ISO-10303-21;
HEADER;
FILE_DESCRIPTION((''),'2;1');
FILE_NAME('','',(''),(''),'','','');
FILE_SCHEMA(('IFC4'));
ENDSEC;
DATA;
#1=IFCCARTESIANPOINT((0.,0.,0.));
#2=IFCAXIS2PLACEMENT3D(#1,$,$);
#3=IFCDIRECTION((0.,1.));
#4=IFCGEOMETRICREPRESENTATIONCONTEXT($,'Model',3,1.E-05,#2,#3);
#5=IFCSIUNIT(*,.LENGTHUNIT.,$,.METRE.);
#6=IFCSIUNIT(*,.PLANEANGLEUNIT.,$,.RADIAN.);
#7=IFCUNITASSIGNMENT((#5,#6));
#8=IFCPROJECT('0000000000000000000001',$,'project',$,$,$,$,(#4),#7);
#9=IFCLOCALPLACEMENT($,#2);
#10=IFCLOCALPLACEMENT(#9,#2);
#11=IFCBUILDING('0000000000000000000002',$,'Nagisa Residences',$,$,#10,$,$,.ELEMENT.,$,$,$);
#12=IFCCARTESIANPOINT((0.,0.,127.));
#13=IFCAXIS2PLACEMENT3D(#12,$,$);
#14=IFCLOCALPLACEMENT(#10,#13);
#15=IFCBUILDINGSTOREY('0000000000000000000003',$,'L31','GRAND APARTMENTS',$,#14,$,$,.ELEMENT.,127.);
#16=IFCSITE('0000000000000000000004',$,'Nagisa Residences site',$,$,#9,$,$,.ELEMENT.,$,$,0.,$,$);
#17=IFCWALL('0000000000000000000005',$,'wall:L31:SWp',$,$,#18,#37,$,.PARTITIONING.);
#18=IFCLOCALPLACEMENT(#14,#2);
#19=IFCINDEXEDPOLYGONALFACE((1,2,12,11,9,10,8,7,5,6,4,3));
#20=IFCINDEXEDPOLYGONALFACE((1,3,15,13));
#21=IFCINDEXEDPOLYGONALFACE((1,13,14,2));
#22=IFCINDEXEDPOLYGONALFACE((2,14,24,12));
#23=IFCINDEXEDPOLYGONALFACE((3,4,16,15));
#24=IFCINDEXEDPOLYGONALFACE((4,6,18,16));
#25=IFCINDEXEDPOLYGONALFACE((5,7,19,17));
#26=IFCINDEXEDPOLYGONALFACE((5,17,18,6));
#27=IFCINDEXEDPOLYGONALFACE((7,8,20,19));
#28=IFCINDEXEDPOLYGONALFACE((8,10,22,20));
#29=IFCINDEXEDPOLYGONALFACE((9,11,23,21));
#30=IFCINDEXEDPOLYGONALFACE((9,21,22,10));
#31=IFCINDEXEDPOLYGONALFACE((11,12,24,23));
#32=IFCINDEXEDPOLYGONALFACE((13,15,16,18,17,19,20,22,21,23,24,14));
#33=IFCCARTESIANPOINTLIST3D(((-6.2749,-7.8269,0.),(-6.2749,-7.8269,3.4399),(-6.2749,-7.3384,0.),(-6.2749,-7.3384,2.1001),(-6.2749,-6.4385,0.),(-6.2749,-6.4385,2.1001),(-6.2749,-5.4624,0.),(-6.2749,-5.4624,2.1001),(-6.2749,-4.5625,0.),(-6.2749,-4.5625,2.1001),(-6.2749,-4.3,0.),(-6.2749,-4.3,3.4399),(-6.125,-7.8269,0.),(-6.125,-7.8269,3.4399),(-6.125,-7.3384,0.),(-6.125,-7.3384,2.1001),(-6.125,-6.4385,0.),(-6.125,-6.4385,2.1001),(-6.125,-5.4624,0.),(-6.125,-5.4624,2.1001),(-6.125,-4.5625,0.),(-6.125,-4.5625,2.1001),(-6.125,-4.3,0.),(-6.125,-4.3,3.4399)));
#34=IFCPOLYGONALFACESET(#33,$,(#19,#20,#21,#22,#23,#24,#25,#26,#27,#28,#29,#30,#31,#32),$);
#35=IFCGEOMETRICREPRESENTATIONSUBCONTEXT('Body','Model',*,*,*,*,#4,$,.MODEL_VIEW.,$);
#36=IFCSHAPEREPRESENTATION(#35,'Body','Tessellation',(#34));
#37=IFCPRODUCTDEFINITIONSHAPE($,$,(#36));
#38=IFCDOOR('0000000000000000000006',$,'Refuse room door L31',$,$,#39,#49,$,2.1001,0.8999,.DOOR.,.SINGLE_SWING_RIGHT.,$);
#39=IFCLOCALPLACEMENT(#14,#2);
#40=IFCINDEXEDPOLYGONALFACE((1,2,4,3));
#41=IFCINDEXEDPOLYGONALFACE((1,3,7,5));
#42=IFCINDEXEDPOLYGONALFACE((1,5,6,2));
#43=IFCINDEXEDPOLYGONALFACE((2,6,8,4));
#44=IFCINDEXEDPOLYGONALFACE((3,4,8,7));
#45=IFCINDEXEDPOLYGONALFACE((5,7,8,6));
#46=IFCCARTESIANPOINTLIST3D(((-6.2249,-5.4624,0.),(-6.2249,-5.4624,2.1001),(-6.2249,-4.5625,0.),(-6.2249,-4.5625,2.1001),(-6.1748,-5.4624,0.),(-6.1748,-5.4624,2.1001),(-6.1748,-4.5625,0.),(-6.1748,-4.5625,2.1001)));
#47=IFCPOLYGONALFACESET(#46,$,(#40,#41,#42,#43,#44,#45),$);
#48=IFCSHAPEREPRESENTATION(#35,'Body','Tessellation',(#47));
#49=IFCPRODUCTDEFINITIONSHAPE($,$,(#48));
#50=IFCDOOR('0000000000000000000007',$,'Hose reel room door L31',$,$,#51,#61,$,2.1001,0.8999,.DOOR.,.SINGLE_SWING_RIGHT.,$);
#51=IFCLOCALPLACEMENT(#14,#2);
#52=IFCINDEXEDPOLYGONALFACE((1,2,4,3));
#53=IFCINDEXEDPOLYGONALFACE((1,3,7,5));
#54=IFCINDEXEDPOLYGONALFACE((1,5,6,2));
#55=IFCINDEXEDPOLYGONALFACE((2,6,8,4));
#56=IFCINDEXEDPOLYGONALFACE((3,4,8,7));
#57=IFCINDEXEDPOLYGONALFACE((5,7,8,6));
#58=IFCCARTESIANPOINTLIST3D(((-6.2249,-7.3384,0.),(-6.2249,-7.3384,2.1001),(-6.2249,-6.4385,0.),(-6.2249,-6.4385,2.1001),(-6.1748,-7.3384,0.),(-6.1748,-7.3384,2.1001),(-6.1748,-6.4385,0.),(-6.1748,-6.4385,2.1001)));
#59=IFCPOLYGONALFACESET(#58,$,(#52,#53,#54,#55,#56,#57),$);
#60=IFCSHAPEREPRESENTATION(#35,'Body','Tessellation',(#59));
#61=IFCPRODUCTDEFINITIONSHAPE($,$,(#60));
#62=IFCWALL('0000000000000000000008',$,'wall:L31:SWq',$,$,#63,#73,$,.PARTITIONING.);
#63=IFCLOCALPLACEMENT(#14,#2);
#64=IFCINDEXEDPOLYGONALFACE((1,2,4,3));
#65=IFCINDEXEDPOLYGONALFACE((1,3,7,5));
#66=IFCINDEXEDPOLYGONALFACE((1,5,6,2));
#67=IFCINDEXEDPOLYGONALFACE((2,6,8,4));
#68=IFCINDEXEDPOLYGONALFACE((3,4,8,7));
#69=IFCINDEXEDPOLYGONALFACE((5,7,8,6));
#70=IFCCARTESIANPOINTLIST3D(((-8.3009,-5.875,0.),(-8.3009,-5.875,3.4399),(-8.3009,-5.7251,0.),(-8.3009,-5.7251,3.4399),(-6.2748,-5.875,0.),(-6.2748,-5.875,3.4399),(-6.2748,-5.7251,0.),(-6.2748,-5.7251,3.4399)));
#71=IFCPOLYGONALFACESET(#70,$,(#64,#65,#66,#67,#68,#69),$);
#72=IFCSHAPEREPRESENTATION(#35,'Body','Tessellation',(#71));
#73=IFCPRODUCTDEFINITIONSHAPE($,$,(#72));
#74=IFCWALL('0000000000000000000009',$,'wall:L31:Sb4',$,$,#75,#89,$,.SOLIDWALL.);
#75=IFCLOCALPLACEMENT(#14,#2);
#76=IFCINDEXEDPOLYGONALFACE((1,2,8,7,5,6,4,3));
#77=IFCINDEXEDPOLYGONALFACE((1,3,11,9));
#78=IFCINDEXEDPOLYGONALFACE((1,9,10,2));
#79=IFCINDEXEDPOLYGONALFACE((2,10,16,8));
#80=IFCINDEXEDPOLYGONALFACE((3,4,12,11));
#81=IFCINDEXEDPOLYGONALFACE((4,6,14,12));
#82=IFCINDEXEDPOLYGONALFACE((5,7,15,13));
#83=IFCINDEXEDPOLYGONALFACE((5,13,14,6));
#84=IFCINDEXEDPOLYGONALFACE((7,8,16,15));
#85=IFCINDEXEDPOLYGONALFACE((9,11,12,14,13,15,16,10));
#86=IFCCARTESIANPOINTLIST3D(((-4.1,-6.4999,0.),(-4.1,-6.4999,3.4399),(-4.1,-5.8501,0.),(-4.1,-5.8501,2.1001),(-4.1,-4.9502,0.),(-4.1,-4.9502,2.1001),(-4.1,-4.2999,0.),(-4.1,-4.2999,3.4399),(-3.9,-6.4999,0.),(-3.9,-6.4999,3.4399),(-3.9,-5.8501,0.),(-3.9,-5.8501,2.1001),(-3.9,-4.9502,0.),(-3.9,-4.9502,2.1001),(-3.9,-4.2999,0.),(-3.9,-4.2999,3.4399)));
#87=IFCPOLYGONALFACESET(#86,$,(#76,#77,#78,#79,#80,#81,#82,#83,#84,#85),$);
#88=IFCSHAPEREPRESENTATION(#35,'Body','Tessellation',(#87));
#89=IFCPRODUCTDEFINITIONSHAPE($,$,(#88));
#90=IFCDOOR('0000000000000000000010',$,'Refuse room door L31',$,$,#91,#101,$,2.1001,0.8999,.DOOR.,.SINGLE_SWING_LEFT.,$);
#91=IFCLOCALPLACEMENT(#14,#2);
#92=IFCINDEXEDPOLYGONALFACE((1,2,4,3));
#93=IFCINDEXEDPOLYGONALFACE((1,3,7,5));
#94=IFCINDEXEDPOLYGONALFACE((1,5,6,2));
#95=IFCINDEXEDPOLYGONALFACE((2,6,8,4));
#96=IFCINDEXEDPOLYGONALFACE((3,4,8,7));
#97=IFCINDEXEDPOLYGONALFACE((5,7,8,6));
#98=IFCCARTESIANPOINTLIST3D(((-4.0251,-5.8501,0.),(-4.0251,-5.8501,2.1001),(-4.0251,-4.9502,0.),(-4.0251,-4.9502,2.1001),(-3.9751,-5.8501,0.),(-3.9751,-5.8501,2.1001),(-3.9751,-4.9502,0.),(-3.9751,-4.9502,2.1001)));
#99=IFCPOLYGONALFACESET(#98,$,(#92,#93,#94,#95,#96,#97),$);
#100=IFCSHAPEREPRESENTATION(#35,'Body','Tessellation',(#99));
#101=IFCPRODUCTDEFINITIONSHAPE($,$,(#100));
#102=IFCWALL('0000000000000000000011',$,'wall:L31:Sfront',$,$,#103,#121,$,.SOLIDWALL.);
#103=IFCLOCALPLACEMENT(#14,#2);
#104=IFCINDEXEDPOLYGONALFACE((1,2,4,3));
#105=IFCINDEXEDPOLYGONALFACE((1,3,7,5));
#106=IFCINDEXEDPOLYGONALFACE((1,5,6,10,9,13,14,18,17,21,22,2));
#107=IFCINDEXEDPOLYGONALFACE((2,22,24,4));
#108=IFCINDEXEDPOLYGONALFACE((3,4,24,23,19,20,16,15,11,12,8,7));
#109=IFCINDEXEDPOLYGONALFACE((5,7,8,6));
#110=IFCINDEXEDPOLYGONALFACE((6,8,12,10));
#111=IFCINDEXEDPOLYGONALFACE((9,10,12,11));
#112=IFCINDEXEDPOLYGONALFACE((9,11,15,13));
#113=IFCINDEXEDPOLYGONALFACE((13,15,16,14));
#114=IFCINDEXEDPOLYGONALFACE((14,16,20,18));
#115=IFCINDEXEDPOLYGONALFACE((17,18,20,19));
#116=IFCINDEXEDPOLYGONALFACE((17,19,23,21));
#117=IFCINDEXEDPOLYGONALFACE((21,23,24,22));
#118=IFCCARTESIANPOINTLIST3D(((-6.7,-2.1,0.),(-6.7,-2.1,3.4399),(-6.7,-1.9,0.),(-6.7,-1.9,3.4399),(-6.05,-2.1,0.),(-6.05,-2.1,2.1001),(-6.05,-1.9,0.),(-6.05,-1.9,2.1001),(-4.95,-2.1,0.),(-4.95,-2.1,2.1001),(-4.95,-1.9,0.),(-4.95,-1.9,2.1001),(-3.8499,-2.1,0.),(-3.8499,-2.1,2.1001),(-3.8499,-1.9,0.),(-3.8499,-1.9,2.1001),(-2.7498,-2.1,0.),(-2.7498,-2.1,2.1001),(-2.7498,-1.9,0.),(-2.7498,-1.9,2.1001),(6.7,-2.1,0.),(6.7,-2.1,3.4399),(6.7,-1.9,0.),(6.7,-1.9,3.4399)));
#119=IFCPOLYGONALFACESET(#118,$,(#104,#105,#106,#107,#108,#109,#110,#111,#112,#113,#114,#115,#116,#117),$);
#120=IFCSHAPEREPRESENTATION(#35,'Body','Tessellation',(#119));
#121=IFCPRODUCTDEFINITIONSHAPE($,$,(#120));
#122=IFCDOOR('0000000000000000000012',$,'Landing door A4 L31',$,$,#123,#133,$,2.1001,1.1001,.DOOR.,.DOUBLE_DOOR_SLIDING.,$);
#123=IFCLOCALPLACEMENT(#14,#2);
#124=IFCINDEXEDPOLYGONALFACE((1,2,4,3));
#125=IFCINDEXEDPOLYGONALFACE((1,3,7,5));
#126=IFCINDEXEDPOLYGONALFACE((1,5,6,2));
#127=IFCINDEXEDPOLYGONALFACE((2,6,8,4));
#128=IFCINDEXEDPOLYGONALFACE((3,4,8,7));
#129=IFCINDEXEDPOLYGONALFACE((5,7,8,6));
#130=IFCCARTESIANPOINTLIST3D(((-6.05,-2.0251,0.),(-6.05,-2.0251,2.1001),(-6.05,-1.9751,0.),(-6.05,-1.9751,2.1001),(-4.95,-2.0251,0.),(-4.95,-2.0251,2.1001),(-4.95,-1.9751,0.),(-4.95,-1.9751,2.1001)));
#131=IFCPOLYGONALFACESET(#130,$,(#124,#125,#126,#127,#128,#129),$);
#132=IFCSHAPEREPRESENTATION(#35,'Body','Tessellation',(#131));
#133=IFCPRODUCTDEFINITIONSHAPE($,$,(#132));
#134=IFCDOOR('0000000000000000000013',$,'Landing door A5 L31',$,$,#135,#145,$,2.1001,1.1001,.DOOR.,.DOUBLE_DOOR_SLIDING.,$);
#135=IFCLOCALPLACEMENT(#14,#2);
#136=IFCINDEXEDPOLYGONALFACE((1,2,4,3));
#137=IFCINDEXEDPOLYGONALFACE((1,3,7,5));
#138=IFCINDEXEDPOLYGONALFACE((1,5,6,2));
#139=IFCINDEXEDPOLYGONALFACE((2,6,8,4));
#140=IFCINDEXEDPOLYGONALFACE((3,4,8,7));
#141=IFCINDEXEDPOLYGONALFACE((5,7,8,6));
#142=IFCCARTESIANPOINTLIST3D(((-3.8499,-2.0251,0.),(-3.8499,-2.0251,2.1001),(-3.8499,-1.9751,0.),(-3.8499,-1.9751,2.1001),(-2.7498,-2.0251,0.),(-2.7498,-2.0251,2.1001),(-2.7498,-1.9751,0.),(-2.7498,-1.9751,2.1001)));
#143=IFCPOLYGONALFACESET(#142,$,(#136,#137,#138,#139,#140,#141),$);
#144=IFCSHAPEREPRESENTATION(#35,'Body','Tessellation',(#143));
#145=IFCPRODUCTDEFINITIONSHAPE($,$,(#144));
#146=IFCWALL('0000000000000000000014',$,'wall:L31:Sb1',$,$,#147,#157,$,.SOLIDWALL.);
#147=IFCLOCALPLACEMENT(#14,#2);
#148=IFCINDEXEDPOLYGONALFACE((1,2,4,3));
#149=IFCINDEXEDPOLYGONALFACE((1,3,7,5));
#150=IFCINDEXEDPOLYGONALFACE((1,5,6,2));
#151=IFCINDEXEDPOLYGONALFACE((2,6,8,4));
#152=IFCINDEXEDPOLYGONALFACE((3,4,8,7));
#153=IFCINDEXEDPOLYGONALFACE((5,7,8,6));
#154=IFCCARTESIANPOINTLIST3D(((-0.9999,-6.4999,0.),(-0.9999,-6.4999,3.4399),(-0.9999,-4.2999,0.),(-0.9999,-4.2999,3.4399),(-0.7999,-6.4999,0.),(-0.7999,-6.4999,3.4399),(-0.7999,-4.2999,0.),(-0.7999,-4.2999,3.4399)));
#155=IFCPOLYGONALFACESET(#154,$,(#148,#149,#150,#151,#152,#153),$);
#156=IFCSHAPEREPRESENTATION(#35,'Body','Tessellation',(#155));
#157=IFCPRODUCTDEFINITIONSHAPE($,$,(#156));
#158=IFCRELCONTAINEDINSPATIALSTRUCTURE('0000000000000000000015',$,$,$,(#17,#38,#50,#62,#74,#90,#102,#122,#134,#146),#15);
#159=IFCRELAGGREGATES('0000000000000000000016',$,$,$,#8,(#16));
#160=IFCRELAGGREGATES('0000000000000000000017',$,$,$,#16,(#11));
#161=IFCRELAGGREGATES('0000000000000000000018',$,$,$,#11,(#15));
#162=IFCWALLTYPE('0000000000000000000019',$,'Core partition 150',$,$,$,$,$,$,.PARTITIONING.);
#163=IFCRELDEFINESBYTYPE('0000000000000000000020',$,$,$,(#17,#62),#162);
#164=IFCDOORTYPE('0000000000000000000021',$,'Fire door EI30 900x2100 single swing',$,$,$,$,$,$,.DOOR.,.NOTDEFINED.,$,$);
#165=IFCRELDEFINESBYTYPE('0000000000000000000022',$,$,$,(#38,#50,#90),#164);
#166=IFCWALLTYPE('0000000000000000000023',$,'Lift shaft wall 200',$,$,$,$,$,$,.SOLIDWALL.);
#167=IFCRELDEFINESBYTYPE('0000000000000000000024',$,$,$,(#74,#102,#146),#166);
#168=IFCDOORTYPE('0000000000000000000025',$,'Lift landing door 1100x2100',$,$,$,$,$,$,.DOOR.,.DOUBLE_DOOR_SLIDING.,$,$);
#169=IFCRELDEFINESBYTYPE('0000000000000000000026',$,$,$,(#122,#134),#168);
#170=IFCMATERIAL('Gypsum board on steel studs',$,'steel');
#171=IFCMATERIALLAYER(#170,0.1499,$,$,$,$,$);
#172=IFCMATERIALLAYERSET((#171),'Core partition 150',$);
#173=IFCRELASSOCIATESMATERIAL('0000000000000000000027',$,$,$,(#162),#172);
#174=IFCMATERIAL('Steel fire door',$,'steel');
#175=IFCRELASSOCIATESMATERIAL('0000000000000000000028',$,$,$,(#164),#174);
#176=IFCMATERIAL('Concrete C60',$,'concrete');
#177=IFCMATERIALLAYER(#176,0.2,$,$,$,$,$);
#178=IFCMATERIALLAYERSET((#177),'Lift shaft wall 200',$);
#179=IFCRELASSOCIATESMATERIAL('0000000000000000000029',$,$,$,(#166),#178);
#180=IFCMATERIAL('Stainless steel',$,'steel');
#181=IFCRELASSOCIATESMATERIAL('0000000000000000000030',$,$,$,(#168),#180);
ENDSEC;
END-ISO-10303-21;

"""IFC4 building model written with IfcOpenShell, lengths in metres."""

from ifc_helpers import new_model, si_unit, direction, frame, frame_2d, origin, place, context, subcontext, project, spatial, rectangle, extrude, material, layer, layer_set, type_object, element, fill, save


model = new_model("IFC4")

# Units and contexts
model_context = context("Model", 3, precision=1e-05, world=origin(), true_north=direction((0.0, 1.0)))
body_context = subcontext(model_context, "Body", "Model", "MODEL_VIEW")
ifc_project = project(units=[si_unit("LENGTHUNIT", "METRE"), si_unit("PLANEANGLEUNIT", "RADIAN")], contexts=[model_context])

# Site, building, storey
site_placement = place(None, origin())
site = spatial("IfcSite", under=ifc_project, at=site_placement, Name="Nagisa Residences site", CompositionType="ELEMENT", RefElevation=0.0)
building_placement = place(site_placement, origin())
building = spatial("IfcBuilding", under=site, at=building_placement, Name="Nagisa Residences", CompositionType="ELEMENT")
storey_placement = place(building_placement, frame((0.0, 0.0, 127.0)))
storey = spatial("IfcBuildingStorey", under=building, at=storey_placement, Name="L31", Description="GRAND APARTMENTS", CompositionType="ELEMENT", Elevation=127.0)

# Wall, openings, doors
ifc_material_1 = material(Name="Gypsum board on steel studs", Category="steel")
ifc_layer_1 = layer(ifc_material_1, 0.1499)
ifc_layer_set_1 = layer_set([ifc_layer_1], Name="Core partition 150")
wall_type_1 = type_object("IfcWallType", Name="Core partition 150", PredefinedType="PARTITIONING", material=ifc_layer_set_1)
wall_1_placement = place(storey_placement, frame((-6.2, -7.8269, 0.0), z_axis=(0.0, 0.0, 1.0), x_axis=(0.0, 1.0, 0.0)))
wall_1 = element("IfcWall", 1, at=wall_1_placement, inside=storey, type_object=wall_type_1, Name="wall:L31:SWp", PredefinedType="PARTITIONING", context=body_context, shape_type="SweptSolid", body=[
    extrude(rectangle(XDim=3.5269, YDim=0.1499, at=frame_2d((1.7634, 0.0))), origin(), (0.0, 0.0, 1.0), 3.4399),
])
opening_1_placement = place(wall_1_placement, frame((2.3645, 0.0, 0.0)))
opening_1 = element("IfcOpeningElement", 2, at=opening_1_placement, cuts=wall_1, PredefinedType="OPENING", context=body_context, shape_type="SweptSolid", body=[
    extrude(rectangle(XDim=0.8999, YDim=2.1001, at=frame_2d((0.45, 1.05))), frame((0.0, 0.085, 0.0), z_axis=(0.0, -1.0, 0.0), x_axis=(1.0, 0.0, 0.0)), (0.0, 0.0, 1.0), 0.1699),
])
opening_2_placement = place(wall_1_placement, frame((0.4885, 0.0, 0.0)))
opening_2 = element("IfcOpeningElement", 3, at=opening_2_placement, cuts=wall_1, PredefinedType="OPENING", context=body_context, shape_type="SweptSolid", body=[
    extrude(rectangle(XDim=0.8999, YDim=2.1001, at=frame_2d((0.45, 1.05))), frame((0.0, 0.085, 0.0), z_axis=(0.0, -1.0, 0.0), x_axis=(1.0, 0.0, 0.0)), (0.0, 0.0, 1.0), 0.1699),
])
ifc_material_2 = material(Name="Steel fire door", Category="steel")
door_type_1 = type_object("IfcDoorType", Name="Fire door EI30 900x2100 single swing", OperationType="NOTDEFINED", PredefinedType="DOOR", material=ifc_material_2)
door_1_placement = place(opening_1_placement, origin())
door_1 = element("IfcDoor", 4, at=door_1_placement, inside=storey, type_object=door_type_1, Name="Refuse room door L31", OperationType="SINGLE_SWING_RIGHT", OverallHeight=2.1001, OverallWidth=0.8999, PredefinedType="DOOR", context=body_context, shape_type="SweptSolid", body=[
    extrude(rectangle(XDim=0.8999, YDim=2.1001, at=frame_2d((0.45, 1.05))), frame((0.0, 0.0249, 0.0), z_axis=(0.0, -1.0, 0.0), x_axis=(1.0, 0.0, 0.0)), (0.0, 0.0, 1.0), 0.05),
])
fill(opening_1, door_1)
door_2_placement = place(opening_2_placement, origin())
door_2 = element("IfcDoor", 5, at=door_2_placement, inside=storey, type_object=door_type_1, Name="Hose reel room door L31", OperationType="SINGLE_SWING_RIGHT", OverallHeight=2.1001, OverallWidth=0.8999, PredefinedType="DOOR", context=body_context, shape_type="SweptSolid", body=[
    extrude(rectangle(XDim=0.8999, YDim=2.1001, at=frame_2d((0.45, 1.05))), frame((0.0, 0.0249, 0.0), z_axis=(0.0, -1.0, 0.0), x_axis=(1.0, 0.0, 0.0)), (0.0, 0.0, 1.0), 0.05),
])
fill(opening_2, door_2)

# Wall
wall_2_placement = place(storey_placement, frame((-8.301, -5.8, 0.0), z_axis=(0.0, 0.0, 1.0), x_axis=(1.0, 0.0, 0.0)))
element("IfcWall", 6, at=wall_2_placement, inside=storey, type_object=wall_type_1, Name="wall:L31:SWq", PredefinedType="PARTITIONING", context=body_context, shape_type="SweptSolid", body=[
    extrude(rectangle(XDim=2.0261, YDim=0.1499, at=frame_2d((1.0132, 0.0))), origin(), (0.0, 0.0, 1.0), 3.4399),
])

# Wall, opening, door
ifc_material_3 = material(Name="Concrete C60", Category="concrete")
ifc_layer_2 = layer(ifc_material_3, 0.2)
ifc_layer_set_2 = layer_set([ifc_layer_2], Name="Lift shaft wall 200")
wall_type_2 = type_object("IfcWallType", Name="Lift shaft wall 200", PredefinedType="SOLIDWALL", material=ifc_layer_set_2)
wall_3_placement = place(storey_placement, frame((-4.0, -6.5, 0.0), z_axis=(0.0, 0.0, 1.0), x_axis=(0.0, 1.0, 0.0)))
wall_3 = element("IfcWall", 7, at=wall_3_placement, inside=storey, type_object=wall_type_2, Name="wall:L31:Sb4", PredefinedType="SOLIDWALL", context=body_context, shape_type="SweptSolid", body=[
    extrude(rectangle(XDim=2.2, YDim=0.2, at=frame_2d((1.1001, 0.0))), origin(), (0.0, 0.0, 1.0), 3.4399),
])
opening_3_placement = place(wall_3_placement, frame((0.6499, 0.0, 0.0)))
opening_3 = element("IfcOpeningElement", 8, at=opening_3_placement, cuts=wall_3, PredefinedType="OPENING", context=body_context, shape_type="SweptSolid", body=[
    extrude(rectangle(XDim=0.8999, YDim=2.1001, at=frame_2d((0.45, 1.05))), frame((0.0, 0.1099, 0.0), z_axis=(0.0, -1.0, 0.0), x_axis=(1.0, 0.0, 0.0)), (0.0, 0.0, 1.0), 0.22),
])
door_3_placement = place(opening_3_placement, frame((0.8999, 0.0, 0.0), x_axis=(-1.0, 0.0, 0.0)))
door_3 = element("IfcDoor", 9, at=door_3_placement, inside=storey, type_object=door_type_1, Name="Refuse room door L31", OperationType="SINGLE_SWING_LEFT", OverallHeight=2.1001, OverallWidth=0.8999, PredefinedType="DOOR", context=body_context, shape_type="SweptSolid", body=[
    extrude(rectangle(XDim=0.8999, YDim=2.1001, at=frame_2d((0.45, 1.05))), frame((0.0, 0.0249, 0.0), z_axis=(0.0, -1.0, 0.0), x_axis=(1.0, 0.0, 0.0)), (0.0, 0.0, 1.0), 0.05),
])
fill(opening_3, door_3)

# Wall, openings, doors
wall_4_placement = place(storey_placement, frame((-6.7, -2.0, 0.0), z_axis=(0.0, 0.0, 1.0), x_axis=(1.0, 0.0, 0.0)))
wall_4 = element("IfcWall", 10, at=wall_4_placement, inside=storey, type_object=wall_type_2, Name="wall:L31:Sfront", PredefinedType="SOLIDWALL", context=body_context, shape_type="SweptSolid", body=[
    extrude(rectangle(XDim=13.3999, YDim=0.2, at=frame_2d((6.7, 0.0))), origin(), (0.0, 0.0, 1.0), 3.4399),
])
opening_4_placement = place(wall_4_placement, frame((0.6499, 0.0, 0.0)))
opening_4 = element("IfcOpeningElement", 11, at=opening_4_placement, cuts=wall_4, PredefinedType="OPENING", context=body_context, shape_type="SweptSolid", body=[
    extrude(rectangle(XDim=1.1001, YDim=2.1001, at=frame_2d((0.55, 1.05))), frame((0.0, 0.1099, 0.0), z_axis=(0.0, -1.0, 0.0), x_axis=(1.0, 0.0, 0.0)), (0.0, 0.0, 1.0), 0.22),
])
opening_5_placement = place(wall_4_placement, frame((2.8501, 0.0, 0.0)))
opening_5 = element("IfcOpeningElement", 12, at=opening_5_placement, cuts=wall_4, PredefinedType="OPENING", context=body_context, shape_type="SweptSolid", body=[
    extrude(rectangle(XDim=1.1001, YDim=2.1001, at=frame_2d((0.55, 1.05))), frame((0.0, 0.1099, 0.0), z_axis=(0.0, -1.0, 0.0), x_axis=(1.0, 0.0, 0.0)), (0.0, 0.0, 1.0), 0.22),
])
ifc_material_4 = material(Name="Stainless steel", Category="steel")
door_type_2 = type_object("IfcDoorType", Name="Lift landing door 1100x2100", OperationType="DOUBLE_DOOR_SLIDING", PredefinedType="DOOR", material=ifc_material_4)
door_4_placement = place(opening_4_placement, origin())
door_4 = element("IfcDoor", 13, at=door_4_placement, inside=storey, type_object=door_type_2, Name="Landing door A4 L31", OperationType="DOUBLE_DOOR_SLIDING", OverallHeight=2.1001, OverallWidth=1.1001, PredefinedType="DOOR", context=body_context, shape_type="SweptSolid", body=[
    extrude(rectangle(XDim=1.1001, YDim=2.1001, at=frame_2d((0.55, 1.05))), frame((0.0, 0.0249, 0.0), z_axis=(0.0, -1.0, 0.0), x_axis=(1.0, 0.0, 0.0)), (0.0, 0.0, 1.0), 0.05),
])
fill(opening_4, door_4)
door_5_placement = place(opening_5_placement, origin())
door_5 = element("IfcDoor", 14, at=door_5_placement, inside=storey, type_object=door_type_2, Name="Landing door A5 L31", OperationType="DOUBLE_DOOR_SLIDING", OverallHeight=2.1001, OverallWidth=1.1001, PredefinedType="DOOR", context=body_context, shape_type="SweptSolid", body=[
    extrude(rectangle(XDim=1.1001, YDim=2.1001, at=frame_2d((0.55, 1.05))), frame((0.0, 0.0249, 0.0), z_axis=(0.0, -1.0, 0.0), x_axis=(1.0, 0.0, 0.0)), (0.0, 0.0, 1.0), 0.05),
])
fill(opening_5, door_5)

# Wall
wall_5_placement = place(storey_placement, frame((-0.8999, -6.5, 0.0), z_axis=(0.0, 0.0, 1.0), x_axis=(0.0, 1.0, 0.0)))
element("IfcWall", 15, at=wall_5_placement, inside=storey, type_object=wall_type_2, Name="wall:L31:Sb1", PredefinedType="SOLIDWALL", context=body_context, shape_type="SweptSolid", body=[
    extrude(rectangle(XDim=2.2, YDim=0.2, at=frame_2d((1.1001, 0.0))), origin(), (0.0, 0.0, 1.0), 3.4399),
])

save(model, "model.ifc")
